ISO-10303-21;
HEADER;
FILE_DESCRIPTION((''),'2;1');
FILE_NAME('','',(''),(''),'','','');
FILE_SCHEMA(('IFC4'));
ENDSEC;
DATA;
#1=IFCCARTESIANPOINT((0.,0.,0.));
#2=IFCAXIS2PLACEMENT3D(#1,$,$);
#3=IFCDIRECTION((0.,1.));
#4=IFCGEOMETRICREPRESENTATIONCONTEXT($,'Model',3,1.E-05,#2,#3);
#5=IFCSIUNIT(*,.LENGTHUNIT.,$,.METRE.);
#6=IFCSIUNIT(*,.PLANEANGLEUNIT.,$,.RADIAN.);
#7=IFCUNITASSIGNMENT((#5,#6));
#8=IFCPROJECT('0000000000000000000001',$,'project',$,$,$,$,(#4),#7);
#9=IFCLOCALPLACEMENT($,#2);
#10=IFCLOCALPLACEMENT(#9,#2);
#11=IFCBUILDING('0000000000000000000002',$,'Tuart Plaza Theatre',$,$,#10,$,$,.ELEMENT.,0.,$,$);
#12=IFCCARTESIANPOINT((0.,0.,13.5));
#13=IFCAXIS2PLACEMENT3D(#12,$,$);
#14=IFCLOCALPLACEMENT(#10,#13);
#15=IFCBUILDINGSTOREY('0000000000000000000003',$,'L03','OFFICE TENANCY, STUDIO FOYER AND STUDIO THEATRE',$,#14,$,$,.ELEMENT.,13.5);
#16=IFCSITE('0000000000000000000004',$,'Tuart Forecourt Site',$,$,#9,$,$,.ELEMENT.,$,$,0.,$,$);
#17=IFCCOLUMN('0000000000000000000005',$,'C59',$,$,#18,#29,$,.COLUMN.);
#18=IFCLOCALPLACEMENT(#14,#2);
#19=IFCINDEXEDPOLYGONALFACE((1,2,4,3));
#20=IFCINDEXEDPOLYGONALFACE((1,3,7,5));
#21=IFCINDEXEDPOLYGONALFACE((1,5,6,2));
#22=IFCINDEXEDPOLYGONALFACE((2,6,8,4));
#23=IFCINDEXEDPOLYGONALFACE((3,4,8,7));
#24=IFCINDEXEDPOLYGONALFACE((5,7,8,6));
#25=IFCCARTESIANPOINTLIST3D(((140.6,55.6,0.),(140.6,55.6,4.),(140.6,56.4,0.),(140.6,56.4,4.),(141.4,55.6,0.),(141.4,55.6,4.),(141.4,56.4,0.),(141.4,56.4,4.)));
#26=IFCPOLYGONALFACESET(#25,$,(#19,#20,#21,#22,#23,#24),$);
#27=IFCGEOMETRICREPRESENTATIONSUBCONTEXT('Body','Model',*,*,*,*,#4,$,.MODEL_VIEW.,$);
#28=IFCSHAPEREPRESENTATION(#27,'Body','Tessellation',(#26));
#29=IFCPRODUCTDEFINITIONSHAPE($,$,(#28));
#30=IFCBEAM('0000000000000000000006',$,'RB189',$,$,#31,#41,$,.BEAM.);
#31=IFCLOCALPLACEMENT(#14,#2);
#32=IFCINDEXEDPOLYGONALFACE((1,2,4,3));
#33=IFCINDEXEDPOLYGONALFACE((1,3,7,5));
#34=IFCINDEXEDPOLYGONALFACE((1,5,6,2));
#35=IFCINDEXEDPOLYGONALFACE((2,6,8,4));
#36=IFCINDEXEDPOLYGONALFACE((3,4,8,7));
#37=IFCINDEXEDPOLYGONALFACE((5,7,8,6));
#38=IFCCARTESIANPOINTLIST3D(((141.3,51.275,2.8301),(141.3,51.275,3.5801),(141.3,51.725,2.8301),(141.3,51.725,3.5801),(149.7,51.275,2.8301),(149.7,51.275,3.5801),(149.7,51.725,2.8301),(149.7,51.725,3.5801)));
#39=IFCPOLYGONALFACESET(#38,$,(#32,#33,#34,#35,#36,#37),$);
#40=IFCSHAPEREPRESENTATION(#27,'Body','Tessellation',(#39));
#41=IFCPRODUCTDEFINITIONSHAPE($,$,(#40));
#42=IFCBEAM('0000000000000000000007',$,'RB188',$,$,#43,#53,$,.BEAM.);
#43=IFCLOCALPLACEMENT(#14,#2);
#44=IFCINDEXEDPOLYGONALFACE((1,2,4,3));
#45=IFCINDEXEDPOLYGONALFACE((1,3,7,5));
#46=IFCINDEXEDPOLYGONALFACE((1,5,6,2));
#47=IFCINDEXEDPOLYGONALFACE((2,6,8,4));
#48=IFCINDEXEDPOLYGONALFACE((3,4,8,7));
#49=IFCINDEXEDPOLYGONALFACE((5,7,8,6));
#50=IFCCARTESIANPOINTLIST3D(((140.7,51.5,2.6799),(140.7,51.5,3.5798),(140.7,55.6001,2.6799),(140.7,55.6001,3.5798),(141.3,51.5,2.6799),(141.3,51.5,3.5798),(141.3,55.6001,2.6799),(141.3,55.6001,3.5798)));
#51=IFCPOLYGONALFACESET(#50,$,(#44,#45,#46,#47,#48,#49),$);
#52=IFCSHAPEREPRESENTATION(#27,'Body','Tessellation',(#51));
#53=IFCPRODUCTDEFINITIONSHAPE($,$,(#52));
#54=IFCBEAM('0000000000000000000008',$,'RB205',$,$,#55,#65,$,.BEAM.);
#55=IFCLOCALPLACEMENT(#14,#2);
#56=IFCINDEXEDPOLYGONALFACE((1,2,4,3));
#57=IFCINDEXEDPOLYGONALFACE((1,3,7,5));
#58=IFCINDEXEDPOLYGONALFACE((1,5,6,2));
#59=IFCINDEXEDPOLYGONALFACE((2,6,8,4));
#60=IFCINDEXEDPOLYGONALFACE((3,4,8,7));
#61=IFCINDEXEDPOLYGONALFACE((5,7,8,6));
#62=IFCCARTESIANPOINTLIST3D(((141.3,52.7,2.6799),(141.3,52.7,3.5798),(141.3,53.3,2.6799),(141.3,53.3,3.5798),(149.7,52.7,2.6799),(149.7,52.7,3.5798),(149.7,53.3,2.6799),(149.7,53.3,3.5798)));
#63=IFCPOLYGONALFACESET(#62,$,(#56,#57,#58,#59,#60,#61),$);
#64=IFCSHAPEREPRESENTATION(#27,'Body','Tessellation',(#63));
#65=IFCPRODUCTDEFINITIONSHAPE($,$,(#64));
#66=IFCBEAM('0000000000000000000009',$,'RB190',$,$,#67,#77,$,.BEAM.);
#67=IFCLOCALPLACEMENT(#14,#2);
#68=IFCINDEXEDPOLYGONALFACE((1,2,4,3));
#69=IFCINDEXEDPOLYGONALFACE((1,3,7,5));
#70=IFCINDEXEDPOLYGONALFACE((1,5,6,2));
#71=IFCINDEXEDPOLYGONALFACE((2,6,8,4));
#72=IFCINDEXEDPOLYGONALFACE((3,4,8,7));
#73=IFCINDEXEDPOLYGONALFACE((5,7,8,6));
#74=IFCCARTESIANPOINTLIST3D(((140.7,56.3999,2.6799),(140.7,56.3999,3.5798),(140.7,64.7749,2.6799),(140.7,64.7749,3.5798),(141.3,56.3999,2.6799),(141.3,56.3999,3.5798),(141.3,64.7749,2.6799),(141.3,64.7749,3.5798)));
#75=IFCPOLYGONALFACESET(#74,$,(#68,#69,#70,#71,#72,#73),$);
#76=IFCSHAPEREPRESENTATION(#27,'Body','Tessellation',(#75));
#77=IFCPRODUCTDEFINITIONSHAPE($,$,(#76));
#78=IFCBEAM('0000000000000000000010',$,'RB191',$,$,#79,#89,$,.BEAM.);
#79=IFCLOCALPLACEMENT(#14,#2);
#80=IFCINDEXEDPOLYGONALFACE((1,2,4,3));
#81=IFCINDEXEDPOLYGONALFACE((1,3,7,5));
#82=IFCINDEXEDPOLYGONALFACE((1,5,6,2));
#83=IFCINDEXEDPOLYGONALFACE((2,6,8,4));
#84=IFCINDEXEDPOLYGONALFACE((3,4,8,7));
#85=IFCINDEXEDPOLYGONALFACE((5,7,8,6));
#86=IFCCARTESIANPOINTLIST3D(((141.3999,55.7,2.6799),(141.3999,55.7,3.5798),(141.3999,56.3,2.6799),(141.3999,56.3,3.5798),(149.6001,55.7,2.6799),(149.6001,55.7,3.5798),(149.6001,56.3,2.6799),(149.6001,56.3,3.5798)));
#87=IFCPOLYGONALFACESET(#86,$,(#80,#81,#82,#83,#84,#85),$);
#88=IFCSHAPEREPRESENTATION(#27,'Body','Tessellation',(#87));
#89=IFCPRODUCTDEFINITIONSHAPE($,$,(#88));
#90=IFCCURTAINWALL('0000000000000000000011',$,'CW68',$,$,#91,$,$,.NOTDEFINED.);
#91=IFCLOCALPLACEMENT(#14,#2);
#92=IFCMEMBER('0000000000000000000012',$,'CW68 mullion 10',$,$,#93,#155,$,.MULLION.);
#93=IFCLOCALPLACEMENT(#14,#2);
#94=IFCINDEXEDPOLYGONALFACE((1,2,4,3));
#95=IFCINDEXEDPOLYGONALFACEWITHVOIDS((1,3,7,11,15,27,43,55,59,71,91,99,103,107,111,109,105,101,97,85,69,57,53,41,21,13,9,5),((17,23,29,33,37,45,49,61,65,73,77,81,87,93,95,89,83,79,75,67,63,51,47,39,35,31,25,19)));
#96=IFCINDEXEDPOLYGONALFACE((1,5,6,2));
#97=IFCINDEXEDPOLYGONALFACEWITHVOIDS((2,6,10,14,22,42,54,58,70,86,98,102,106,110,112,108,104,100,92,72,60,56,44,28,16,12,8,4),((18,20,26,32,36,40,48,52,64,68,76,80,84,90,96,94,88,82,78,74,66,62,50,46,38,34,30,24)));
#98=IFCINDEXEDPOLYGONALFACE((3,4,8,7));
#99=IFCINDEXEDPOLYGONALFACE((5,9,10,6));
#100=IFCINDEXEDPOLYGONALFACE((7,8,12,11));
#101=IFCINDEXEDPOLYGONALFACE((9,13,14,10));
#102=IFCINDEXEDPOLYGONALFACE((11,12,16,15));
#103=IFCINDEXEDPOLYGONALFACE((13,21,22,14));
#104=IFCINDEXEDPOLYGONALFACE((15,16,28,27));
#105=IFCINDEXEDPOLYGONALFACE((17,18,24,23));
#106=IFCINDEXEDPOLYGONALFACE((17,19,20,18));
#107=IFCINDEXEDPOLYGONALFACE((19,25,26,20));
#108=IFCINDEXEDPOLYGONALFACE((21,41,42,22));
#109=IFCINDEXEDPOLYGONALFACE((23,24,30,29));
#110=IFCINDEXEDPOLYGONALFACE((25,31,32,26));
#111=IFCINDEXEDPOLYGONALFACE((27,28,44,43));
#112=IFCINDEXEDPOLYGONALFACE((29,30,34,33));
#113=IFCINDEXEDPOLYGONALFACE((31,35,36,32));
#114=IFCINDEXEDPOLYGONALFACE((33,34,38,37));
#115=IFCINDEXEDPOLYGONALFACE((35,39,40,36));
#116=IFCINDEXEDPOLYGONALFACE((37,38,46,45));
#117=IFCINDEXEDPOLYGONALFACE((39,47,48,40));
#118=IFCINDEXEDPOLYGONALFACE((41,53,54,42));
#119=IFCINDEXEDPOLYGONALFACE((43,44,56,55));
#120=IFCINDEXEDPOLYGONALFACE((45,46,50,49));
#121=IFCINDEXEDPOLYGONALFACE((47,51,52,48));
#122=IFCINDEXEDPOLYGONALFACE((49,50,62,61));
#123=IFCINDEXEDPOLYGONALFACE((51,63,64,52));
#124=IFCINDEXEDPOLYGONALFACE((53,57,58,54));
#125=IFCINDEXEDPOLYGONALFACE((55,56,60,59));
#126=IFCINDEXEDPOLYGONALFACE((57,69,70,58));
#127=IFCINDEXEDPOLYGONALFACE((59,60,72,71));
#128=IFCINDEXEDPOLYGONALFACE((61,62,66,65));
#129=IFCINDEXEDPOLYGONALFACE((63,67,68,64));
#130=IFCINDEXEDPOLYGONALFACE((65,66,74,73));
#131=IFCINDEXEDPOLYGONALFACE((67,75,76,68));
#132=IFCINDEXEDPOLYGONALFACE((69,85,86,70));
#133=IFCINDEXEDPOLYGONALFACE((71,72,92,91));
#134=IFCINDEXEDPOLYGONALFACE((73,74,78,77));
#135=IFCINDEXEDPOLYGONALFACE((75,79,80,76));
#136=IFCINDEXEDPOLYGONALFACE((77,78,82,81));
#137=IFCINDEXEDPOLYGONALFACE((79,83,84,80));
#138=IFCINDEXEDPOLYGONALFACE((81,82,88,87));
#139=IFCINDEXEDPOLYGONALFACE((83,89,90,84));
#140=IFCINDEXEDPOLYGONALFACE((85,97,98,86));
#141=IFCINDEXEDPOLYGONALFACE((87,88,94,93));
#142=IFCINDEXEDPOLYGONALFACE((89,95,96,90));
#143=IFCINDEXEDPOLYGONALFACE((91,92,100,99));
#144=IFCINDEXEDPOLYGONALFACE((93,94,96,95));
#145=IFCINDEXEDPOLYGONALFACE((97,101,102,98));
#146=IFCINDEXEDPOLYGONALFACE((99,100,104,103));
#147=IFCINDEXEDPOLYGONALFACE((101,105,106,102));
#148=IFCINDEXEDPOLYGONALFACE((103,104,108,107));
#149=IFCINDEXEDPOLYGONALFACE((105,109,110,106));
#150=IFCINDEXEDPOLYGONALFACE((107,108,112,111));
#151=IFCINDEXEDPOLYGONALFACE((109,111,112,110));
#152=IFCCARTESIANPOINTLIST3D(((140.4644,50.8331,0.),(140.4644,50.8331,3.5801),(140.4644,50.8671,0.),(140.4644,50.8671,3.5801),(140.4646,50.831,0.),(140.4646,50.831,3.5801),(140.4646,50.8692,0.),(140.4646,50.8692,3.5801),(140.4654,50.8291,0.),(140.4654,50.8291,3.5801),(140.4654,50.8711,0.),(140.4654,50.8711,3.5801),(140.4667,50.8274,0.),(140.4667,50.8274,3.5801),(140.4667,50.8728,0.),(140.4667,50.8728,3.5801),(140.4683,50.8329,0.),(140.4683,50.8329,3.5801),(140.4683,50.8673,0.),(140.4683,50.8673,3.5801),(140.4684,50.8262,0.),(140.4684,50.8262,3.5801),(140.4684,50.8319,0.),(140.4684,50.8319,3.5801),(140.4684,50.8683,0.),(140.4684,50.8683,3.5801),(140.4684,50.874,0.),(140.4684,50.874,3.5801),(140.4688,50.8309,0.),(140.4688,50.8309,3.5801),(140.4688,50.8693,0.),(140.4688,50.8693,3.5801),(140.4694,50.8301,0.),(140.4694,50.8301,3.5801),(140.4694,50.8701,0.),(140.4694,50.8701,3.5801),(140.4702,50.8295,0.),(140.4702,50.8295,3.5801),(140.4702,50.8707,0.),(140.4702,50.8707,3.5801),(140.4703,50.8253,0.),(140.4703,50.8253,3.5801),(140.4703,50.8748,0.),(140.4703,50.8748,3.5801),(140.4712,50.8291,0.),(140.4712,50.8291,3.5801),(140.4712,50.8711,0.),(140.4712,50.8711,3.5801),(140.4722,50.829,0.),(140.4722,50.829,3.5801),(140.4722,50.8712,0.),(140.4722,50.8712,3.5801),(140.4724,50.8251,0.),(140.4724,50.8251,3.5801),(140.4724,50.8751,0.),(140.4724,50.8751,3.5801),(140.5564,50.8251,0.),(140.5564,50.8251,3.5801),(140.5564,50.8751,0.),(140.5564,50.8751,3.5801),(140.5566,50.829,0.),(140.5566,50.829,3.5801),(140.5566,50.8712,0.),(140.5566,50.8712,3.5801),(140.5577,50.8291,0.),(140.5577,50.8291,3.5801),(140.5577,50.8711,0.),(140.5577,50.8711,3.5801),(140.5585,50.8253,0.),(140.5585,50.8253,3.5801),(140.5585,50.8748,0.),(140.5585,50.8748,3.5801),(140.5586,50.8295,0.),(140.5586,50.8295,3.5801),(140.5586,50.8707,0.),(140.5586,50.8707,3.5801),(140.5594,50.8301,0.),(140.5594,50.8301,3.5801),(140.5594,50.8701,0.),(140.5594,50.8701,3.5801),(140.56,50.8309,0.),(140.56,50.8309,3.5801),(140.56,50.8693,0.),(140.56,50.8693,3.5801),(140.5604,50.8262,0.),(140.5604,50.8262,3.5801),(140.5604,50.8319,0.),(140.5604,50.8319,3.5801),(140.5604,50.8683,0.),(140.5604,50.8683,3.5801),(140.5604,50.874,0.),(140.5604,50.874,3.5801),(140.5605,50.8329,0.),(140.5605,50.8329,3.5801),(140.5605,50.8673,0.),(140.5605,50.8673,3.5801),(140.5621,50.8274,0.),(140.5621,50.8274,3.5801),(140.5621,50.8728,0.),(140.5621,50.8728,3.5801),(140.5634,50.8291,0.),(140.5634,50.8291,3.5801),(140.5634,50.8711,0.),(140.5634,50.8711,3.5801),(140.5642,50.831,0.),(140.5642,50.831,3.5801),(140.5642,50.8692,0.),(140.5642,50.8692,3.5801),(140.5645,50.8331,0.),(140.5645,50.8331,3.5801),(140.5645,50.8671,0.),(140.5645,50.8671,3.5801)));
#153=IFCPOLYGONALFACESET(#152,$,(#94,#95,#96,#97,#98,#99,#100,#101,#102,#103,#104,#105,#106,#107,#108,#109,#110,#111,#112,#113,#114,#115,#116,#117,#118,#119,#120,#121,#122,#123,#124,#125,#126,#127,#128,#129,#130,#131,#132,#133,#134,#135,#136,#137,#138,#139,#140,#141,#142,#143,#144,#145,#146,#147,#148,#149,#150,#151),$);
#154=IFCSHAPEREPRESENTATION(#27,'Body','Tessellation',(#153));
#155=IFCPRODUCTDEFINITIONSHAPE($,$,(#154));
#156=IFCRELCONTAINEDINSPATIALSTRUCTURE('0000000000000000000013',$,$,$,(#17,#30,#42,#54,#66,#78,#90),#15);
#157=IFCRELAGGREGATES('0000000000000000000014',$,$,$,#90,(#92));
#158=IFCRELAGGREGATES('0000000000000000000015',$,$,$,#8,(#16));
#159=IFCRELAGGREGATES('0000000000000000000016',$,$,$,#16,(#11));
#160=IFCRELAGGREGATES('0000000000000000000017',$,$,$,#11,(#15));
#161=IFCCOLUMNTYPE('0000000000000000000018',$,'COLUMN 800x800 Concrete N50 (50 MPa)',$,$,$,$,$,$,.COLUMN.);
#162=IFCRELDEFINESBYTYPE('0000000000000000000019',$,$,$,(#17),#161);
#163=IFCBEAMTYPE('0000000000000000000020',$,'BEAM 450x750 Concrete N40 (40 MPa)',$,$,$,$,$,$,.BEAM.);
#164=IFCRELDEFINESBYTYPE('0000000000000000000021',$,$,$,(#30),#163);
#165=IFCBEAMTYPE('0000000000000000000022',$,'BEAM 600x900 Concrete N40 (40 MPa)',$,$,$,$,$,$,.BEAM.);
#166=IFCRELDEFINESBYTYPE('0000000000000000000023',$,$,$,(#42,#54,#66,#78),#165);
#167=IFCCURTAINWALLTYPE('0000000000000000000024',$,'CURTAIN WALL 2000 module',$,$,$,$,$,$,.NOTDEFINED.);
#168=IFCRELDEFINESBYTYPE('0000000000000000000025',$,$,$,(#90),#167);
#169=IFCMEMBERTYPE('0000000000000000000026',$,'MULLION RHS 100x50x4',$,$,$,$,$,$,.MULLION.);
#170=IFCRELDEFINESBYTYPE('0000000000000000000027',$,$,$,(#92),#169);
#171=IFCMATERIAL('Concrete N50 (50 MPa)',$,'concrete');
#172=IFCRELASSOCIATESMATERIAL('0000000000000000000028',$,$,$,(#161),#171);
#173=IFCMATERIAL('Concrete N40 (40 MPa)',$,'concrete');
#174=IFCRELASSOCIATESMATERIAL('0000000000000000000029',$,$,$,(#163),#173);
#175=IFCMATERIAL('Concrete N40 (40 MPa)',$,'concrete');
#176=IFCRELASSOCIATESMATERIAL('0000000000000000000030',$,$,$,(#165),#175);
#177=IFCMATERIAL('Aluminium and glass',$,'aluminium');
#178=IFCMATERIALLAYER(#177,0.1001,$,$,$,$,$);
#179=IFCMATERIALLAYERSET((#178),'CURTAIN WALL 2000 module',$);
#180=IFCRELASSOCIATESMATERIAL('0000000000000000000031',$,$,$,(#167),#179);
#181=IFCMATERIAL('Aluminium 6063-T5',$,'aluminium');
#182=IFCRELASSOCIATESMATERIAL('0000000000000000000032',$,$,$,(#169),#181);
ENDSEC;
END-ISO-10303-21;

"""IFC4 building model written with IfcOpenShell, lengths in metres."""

from ifc_helpers import new_model, si_unit, direction, frame, origin, origin_2d, place, context, subcontext, project, spatial, rectangle, hollow_rectangle, extrude, material, layer, layer_set, material_profile, profile_set, type_object, element, aggregate, save


model = new_model("IFC4")

# Units and contexts
model_context = context("Model", 3, precision=1e-05, world=origin(), true_north=direction((0.0, 1.0)))
body_context = subcontext(model_context, "Body", "Model", "MODEL_VIEW")
ifc_project = project(units=[si_unit("LENGTHUNIT", "METRE"), si_unit("PLANEANGLEUNIT", "RADIAN")], contexts=[model_context])

# Site, building, storey
site_placement = place(None, origin())
site = spatial("IfcSite", under=ifc_project, at=site_placement, Name="Tuart Forecourt Site", CompositionType="ELEMENT", RefElevation=0.0)
building_placement = place(site_placement, origin())
building = spatial("IfcBuilding", under=site, at=building_placement, Name="Tuart Plaza Theatre", CompositionType="ELEMENT", ElevationOfRefHeight=0.0)
storey_placement = place(building_placement, frame((0.0, 0.0, 13.5)))
storey = spatial("IfcBuildingStorey", under=building, at=storey_placement, Name="L03", Description="OFFICE TENANCY, STUDIO FOYER AND STUDIO THEATRE", CompositionType="ELEMENT", Elevation=13.5)

# Column
ifc_material_1 = material(Name="Concrete N50 (50 MPa)", Category="concrete")
ifc_material_profile_1 = material_profile(ifc_material_1, rectangle(XDim=0.8, YDim=0.8, at=origin_2d()), Name="COLUMN 800x800 Concrete N50 (50 MPa)")
ifc_profile_set_1 = profile_set([ifc_material_profile_1], Name="Concrete N50 (50 MPa)")
column_type = type_object("IfcColumnType", Name="COLUMN 800x800 Concrete N50 (50 MPa)", PredefinedType="COLUMN", material=ifc_profile_set_1)
column_placement = place(storey_placement, frame((141.0, 56.0, 0.0), z_axis=(0.0, 0.0, 1.0), x_axis=(1.0, 0.0, 0.0)))
element("IfcColumn", 1, at=column_placement, inside=storey, type_object=column_type, Name="C59", PredefinedType="COLUMN", context=body_context, shape_type="SweptSolid", body=[
    extrude(rectangle(XDim=0.8, YDim=0.8, at=origin_2d()), origin(), (0.0, 0.0, 1.0), 4.0),
])

# Beams
ifc_material_2 = material(Name="Concrete N40 (40 MPa)", Category="concrete")
ifc_material_profile_2 = material_profile(ifc_material_2, rectangle(XDim=0.45, YDim=0.75, at=origin_2d()), Name="BEAM 450x750 Concrete N40 (40 MPa)")
ifc_profile_set_2 = profile_set([ifc_material_profile_2], Name="Concrete N40 (40 MPa)")
beam_type_1 = type_object("IfcBeamType", Name="BEAM 450x750 Concrete N40 (40 MPa)", PredefinedType="BEAM", material=ifc_profile_set_2)
beam_1_placement = place(storey_placement, frame((141.3, 51.5, 3.2051), z_axis=(1.0, 0.0, 0.0), x_axis=(0.0, 1.0, 0.0)))
element("IfcBeam", 2, at=beam_1_placement, inside=storey, type_object=beam_type_1, Name="RB189", PredefinedType="BEAM", context=body_context, shape_type="SweptSolid", body=[
    extrude(rectangle(XDim=0.45, YDim=0.75, at=origin_2d()), origin(), (0.0, 0.0, 1.0), 8.3999),
])
ifc_material_3 = material(Name="Concrete N40 (40 MPa)", Category="concrete")
ifc_material_profile_3 = material_profile(ifc_material_3, rectangle(XDim=0.6001, YDim=0.8999, at=origin_2d()), Name="BEAM 600x900 Concrete N40 (40 MPa)")
ifc_profile_set_3 = profile_set([ifc_material_profile_3], Name="Concrete N40 (40 MPa)")
beam_type_2 = type_object("IfcBeamType", Name="BEAM 600x900 Concrete N40 (40 MPa)", PredefinedType="BEAM", material=ifc_profile_set_3)
beam_2_placement = place(storey_placement, frame((141.0, 51.5, 3.1299), z_axis=(0.0, 1.0, 0.0), x_axis=(-1.0, 0.0, 0.0)))
element("IfcBeam", 3, at=beam_2_placement, inside=storey, type_object=beam_type_2, Name="RB188", PredefinedType="BEAM", context=body_context, shape_type="SweptSolid", body=[
    extrude(rectangle(XDim=0.6001, YDim=0.8999, at=origin_2d()), origin(), (0.0, 0.0, 1.0), 4.1001),
])
beam_3_placement = place(storey_placement, frame((141.3, 53.0, 3.1299), z_axis=(1.0, 0.0, 0.0), x_axis=(0.0, 1.0, 0.0)))
element("IfcBeam", 4, at=beam_3_placement, inside=storey, type_object=beam_type_2, Name="RB205", PredefinedType="BEAM", context=body_context, shape_type="SweptSolid", body=[
    extrude(rectangle(XDim=0.6001, YDim=0.8999, at=origin_2d()), origin(), (0.0, 0.0, 1.0), 8.3999),
])
beam_4_placement = place(storey_placement, frame((141.0, 56.3999, 3.1299), z_axis=(0.0, 1.0, 0.0), x_axis=(-1.0, 0.0, 0.0)))
element("IfcBeam", 5, at=beam_4_placement, inside=storey, type_object=beam_type_2, Name="RB190", PredefinedType="BEAM", context=body_context, shape_type="SweptSolid", body=[
    extrude(rectangle(XDim=0.6001, YDim=0.8999, at=origin_2d()), origin(), (0.0, 0.0, 1.0), 8.375),
])
beam_5_placement = place(storey_placement, frame((141.3999, 56.0, 3.1299), z_axis=(1.0, 0.0, 0.0), x_axis=(0.0, 1.0, 0.0)))
element("IfcBeam", 6, at=beam_5_placement, inside=storey, type_object=beam_type_2, Name="RB191", PredefinedType="BEAM", context=body_context, shape_type="SweptSolid", body=[
    extrude(rectangle(XDim=0.6001, YDim=0.8999, at=origin_2d()), origin(), (0.0, 0.0, 1.0), 8.2002),
])

# Curtain wall, member
ifc_material_4 = material(Name="Aluminium and glass", Category="aluminium")
ifc_layer_1 = layer(ifc_material_4, 0.1001)
ifc_layer_set_1 = layer_set([ifc_layer_1], Name="CURTAIN WALL 2000 module")
curtain_wall_type = type_object("IfcCurtainWallType", Name="CURTAIN WALL 2000 module", PredefinedType="NOTDEFINED", material=ifc_layer_set_1)
curtain_wall_placement = place(storey_placement, origin())
curtain_wall = element("IfcCurtainWall", 7, at=curtain_wall_placement, inside=storey, type_object=curtain_wall_type, Name="CW68", PredefinedType="NOTDEFINED")
ifc_material_5 = material(Name="Aluminium 6063-T5", Category="aluminium")
ifc_material_profile_4 = material_profile(ifc_material_5, hollow_rectangle(XDim=0.05, YDim=0.1001, WallThickness=0.0039, InnerFilletRadius=0.0039, OuterFilletRadius=0.0081, at=origin_2d()), Name="RHS 100x50x4")
ifc_profile_set_4 = profile_set([ifc_material_profile_4], Name="Aluminium 6063-T5")
member_type_1 = type_object("IfcMemberType", Name="MULLION RHS 100x50x4", PredefinedType="MULLION", material=ifc_profile_set_4)
member_1_placement = place(storey_placement, frame((140.5144, 50.8501, 0.0), z_axis=(0.0, 0.0, 1.0), x_axis=(0.0, 1.0, 0.0)))
member_1 = element("IfcMember", 8, at=member_1_placement, type_object=member_type_1, Name="CW68 mullion 10", PredefinedType="MULLION", context=body_context, shape_type="SweptSolid", body=[
    extrude(hollow_rectangle(XDim=0.05, YDim=0.1001, WallThickness=0.0039, InnerFilletRadius=0.0039, OuterFilletRadius=0.0081, at=origin_2d()), origin(), (0.0, 0.0, 1.0), 3.5801),
])
aggregate(curtain_wall, [member_1])

save(model, "model.ifc")
